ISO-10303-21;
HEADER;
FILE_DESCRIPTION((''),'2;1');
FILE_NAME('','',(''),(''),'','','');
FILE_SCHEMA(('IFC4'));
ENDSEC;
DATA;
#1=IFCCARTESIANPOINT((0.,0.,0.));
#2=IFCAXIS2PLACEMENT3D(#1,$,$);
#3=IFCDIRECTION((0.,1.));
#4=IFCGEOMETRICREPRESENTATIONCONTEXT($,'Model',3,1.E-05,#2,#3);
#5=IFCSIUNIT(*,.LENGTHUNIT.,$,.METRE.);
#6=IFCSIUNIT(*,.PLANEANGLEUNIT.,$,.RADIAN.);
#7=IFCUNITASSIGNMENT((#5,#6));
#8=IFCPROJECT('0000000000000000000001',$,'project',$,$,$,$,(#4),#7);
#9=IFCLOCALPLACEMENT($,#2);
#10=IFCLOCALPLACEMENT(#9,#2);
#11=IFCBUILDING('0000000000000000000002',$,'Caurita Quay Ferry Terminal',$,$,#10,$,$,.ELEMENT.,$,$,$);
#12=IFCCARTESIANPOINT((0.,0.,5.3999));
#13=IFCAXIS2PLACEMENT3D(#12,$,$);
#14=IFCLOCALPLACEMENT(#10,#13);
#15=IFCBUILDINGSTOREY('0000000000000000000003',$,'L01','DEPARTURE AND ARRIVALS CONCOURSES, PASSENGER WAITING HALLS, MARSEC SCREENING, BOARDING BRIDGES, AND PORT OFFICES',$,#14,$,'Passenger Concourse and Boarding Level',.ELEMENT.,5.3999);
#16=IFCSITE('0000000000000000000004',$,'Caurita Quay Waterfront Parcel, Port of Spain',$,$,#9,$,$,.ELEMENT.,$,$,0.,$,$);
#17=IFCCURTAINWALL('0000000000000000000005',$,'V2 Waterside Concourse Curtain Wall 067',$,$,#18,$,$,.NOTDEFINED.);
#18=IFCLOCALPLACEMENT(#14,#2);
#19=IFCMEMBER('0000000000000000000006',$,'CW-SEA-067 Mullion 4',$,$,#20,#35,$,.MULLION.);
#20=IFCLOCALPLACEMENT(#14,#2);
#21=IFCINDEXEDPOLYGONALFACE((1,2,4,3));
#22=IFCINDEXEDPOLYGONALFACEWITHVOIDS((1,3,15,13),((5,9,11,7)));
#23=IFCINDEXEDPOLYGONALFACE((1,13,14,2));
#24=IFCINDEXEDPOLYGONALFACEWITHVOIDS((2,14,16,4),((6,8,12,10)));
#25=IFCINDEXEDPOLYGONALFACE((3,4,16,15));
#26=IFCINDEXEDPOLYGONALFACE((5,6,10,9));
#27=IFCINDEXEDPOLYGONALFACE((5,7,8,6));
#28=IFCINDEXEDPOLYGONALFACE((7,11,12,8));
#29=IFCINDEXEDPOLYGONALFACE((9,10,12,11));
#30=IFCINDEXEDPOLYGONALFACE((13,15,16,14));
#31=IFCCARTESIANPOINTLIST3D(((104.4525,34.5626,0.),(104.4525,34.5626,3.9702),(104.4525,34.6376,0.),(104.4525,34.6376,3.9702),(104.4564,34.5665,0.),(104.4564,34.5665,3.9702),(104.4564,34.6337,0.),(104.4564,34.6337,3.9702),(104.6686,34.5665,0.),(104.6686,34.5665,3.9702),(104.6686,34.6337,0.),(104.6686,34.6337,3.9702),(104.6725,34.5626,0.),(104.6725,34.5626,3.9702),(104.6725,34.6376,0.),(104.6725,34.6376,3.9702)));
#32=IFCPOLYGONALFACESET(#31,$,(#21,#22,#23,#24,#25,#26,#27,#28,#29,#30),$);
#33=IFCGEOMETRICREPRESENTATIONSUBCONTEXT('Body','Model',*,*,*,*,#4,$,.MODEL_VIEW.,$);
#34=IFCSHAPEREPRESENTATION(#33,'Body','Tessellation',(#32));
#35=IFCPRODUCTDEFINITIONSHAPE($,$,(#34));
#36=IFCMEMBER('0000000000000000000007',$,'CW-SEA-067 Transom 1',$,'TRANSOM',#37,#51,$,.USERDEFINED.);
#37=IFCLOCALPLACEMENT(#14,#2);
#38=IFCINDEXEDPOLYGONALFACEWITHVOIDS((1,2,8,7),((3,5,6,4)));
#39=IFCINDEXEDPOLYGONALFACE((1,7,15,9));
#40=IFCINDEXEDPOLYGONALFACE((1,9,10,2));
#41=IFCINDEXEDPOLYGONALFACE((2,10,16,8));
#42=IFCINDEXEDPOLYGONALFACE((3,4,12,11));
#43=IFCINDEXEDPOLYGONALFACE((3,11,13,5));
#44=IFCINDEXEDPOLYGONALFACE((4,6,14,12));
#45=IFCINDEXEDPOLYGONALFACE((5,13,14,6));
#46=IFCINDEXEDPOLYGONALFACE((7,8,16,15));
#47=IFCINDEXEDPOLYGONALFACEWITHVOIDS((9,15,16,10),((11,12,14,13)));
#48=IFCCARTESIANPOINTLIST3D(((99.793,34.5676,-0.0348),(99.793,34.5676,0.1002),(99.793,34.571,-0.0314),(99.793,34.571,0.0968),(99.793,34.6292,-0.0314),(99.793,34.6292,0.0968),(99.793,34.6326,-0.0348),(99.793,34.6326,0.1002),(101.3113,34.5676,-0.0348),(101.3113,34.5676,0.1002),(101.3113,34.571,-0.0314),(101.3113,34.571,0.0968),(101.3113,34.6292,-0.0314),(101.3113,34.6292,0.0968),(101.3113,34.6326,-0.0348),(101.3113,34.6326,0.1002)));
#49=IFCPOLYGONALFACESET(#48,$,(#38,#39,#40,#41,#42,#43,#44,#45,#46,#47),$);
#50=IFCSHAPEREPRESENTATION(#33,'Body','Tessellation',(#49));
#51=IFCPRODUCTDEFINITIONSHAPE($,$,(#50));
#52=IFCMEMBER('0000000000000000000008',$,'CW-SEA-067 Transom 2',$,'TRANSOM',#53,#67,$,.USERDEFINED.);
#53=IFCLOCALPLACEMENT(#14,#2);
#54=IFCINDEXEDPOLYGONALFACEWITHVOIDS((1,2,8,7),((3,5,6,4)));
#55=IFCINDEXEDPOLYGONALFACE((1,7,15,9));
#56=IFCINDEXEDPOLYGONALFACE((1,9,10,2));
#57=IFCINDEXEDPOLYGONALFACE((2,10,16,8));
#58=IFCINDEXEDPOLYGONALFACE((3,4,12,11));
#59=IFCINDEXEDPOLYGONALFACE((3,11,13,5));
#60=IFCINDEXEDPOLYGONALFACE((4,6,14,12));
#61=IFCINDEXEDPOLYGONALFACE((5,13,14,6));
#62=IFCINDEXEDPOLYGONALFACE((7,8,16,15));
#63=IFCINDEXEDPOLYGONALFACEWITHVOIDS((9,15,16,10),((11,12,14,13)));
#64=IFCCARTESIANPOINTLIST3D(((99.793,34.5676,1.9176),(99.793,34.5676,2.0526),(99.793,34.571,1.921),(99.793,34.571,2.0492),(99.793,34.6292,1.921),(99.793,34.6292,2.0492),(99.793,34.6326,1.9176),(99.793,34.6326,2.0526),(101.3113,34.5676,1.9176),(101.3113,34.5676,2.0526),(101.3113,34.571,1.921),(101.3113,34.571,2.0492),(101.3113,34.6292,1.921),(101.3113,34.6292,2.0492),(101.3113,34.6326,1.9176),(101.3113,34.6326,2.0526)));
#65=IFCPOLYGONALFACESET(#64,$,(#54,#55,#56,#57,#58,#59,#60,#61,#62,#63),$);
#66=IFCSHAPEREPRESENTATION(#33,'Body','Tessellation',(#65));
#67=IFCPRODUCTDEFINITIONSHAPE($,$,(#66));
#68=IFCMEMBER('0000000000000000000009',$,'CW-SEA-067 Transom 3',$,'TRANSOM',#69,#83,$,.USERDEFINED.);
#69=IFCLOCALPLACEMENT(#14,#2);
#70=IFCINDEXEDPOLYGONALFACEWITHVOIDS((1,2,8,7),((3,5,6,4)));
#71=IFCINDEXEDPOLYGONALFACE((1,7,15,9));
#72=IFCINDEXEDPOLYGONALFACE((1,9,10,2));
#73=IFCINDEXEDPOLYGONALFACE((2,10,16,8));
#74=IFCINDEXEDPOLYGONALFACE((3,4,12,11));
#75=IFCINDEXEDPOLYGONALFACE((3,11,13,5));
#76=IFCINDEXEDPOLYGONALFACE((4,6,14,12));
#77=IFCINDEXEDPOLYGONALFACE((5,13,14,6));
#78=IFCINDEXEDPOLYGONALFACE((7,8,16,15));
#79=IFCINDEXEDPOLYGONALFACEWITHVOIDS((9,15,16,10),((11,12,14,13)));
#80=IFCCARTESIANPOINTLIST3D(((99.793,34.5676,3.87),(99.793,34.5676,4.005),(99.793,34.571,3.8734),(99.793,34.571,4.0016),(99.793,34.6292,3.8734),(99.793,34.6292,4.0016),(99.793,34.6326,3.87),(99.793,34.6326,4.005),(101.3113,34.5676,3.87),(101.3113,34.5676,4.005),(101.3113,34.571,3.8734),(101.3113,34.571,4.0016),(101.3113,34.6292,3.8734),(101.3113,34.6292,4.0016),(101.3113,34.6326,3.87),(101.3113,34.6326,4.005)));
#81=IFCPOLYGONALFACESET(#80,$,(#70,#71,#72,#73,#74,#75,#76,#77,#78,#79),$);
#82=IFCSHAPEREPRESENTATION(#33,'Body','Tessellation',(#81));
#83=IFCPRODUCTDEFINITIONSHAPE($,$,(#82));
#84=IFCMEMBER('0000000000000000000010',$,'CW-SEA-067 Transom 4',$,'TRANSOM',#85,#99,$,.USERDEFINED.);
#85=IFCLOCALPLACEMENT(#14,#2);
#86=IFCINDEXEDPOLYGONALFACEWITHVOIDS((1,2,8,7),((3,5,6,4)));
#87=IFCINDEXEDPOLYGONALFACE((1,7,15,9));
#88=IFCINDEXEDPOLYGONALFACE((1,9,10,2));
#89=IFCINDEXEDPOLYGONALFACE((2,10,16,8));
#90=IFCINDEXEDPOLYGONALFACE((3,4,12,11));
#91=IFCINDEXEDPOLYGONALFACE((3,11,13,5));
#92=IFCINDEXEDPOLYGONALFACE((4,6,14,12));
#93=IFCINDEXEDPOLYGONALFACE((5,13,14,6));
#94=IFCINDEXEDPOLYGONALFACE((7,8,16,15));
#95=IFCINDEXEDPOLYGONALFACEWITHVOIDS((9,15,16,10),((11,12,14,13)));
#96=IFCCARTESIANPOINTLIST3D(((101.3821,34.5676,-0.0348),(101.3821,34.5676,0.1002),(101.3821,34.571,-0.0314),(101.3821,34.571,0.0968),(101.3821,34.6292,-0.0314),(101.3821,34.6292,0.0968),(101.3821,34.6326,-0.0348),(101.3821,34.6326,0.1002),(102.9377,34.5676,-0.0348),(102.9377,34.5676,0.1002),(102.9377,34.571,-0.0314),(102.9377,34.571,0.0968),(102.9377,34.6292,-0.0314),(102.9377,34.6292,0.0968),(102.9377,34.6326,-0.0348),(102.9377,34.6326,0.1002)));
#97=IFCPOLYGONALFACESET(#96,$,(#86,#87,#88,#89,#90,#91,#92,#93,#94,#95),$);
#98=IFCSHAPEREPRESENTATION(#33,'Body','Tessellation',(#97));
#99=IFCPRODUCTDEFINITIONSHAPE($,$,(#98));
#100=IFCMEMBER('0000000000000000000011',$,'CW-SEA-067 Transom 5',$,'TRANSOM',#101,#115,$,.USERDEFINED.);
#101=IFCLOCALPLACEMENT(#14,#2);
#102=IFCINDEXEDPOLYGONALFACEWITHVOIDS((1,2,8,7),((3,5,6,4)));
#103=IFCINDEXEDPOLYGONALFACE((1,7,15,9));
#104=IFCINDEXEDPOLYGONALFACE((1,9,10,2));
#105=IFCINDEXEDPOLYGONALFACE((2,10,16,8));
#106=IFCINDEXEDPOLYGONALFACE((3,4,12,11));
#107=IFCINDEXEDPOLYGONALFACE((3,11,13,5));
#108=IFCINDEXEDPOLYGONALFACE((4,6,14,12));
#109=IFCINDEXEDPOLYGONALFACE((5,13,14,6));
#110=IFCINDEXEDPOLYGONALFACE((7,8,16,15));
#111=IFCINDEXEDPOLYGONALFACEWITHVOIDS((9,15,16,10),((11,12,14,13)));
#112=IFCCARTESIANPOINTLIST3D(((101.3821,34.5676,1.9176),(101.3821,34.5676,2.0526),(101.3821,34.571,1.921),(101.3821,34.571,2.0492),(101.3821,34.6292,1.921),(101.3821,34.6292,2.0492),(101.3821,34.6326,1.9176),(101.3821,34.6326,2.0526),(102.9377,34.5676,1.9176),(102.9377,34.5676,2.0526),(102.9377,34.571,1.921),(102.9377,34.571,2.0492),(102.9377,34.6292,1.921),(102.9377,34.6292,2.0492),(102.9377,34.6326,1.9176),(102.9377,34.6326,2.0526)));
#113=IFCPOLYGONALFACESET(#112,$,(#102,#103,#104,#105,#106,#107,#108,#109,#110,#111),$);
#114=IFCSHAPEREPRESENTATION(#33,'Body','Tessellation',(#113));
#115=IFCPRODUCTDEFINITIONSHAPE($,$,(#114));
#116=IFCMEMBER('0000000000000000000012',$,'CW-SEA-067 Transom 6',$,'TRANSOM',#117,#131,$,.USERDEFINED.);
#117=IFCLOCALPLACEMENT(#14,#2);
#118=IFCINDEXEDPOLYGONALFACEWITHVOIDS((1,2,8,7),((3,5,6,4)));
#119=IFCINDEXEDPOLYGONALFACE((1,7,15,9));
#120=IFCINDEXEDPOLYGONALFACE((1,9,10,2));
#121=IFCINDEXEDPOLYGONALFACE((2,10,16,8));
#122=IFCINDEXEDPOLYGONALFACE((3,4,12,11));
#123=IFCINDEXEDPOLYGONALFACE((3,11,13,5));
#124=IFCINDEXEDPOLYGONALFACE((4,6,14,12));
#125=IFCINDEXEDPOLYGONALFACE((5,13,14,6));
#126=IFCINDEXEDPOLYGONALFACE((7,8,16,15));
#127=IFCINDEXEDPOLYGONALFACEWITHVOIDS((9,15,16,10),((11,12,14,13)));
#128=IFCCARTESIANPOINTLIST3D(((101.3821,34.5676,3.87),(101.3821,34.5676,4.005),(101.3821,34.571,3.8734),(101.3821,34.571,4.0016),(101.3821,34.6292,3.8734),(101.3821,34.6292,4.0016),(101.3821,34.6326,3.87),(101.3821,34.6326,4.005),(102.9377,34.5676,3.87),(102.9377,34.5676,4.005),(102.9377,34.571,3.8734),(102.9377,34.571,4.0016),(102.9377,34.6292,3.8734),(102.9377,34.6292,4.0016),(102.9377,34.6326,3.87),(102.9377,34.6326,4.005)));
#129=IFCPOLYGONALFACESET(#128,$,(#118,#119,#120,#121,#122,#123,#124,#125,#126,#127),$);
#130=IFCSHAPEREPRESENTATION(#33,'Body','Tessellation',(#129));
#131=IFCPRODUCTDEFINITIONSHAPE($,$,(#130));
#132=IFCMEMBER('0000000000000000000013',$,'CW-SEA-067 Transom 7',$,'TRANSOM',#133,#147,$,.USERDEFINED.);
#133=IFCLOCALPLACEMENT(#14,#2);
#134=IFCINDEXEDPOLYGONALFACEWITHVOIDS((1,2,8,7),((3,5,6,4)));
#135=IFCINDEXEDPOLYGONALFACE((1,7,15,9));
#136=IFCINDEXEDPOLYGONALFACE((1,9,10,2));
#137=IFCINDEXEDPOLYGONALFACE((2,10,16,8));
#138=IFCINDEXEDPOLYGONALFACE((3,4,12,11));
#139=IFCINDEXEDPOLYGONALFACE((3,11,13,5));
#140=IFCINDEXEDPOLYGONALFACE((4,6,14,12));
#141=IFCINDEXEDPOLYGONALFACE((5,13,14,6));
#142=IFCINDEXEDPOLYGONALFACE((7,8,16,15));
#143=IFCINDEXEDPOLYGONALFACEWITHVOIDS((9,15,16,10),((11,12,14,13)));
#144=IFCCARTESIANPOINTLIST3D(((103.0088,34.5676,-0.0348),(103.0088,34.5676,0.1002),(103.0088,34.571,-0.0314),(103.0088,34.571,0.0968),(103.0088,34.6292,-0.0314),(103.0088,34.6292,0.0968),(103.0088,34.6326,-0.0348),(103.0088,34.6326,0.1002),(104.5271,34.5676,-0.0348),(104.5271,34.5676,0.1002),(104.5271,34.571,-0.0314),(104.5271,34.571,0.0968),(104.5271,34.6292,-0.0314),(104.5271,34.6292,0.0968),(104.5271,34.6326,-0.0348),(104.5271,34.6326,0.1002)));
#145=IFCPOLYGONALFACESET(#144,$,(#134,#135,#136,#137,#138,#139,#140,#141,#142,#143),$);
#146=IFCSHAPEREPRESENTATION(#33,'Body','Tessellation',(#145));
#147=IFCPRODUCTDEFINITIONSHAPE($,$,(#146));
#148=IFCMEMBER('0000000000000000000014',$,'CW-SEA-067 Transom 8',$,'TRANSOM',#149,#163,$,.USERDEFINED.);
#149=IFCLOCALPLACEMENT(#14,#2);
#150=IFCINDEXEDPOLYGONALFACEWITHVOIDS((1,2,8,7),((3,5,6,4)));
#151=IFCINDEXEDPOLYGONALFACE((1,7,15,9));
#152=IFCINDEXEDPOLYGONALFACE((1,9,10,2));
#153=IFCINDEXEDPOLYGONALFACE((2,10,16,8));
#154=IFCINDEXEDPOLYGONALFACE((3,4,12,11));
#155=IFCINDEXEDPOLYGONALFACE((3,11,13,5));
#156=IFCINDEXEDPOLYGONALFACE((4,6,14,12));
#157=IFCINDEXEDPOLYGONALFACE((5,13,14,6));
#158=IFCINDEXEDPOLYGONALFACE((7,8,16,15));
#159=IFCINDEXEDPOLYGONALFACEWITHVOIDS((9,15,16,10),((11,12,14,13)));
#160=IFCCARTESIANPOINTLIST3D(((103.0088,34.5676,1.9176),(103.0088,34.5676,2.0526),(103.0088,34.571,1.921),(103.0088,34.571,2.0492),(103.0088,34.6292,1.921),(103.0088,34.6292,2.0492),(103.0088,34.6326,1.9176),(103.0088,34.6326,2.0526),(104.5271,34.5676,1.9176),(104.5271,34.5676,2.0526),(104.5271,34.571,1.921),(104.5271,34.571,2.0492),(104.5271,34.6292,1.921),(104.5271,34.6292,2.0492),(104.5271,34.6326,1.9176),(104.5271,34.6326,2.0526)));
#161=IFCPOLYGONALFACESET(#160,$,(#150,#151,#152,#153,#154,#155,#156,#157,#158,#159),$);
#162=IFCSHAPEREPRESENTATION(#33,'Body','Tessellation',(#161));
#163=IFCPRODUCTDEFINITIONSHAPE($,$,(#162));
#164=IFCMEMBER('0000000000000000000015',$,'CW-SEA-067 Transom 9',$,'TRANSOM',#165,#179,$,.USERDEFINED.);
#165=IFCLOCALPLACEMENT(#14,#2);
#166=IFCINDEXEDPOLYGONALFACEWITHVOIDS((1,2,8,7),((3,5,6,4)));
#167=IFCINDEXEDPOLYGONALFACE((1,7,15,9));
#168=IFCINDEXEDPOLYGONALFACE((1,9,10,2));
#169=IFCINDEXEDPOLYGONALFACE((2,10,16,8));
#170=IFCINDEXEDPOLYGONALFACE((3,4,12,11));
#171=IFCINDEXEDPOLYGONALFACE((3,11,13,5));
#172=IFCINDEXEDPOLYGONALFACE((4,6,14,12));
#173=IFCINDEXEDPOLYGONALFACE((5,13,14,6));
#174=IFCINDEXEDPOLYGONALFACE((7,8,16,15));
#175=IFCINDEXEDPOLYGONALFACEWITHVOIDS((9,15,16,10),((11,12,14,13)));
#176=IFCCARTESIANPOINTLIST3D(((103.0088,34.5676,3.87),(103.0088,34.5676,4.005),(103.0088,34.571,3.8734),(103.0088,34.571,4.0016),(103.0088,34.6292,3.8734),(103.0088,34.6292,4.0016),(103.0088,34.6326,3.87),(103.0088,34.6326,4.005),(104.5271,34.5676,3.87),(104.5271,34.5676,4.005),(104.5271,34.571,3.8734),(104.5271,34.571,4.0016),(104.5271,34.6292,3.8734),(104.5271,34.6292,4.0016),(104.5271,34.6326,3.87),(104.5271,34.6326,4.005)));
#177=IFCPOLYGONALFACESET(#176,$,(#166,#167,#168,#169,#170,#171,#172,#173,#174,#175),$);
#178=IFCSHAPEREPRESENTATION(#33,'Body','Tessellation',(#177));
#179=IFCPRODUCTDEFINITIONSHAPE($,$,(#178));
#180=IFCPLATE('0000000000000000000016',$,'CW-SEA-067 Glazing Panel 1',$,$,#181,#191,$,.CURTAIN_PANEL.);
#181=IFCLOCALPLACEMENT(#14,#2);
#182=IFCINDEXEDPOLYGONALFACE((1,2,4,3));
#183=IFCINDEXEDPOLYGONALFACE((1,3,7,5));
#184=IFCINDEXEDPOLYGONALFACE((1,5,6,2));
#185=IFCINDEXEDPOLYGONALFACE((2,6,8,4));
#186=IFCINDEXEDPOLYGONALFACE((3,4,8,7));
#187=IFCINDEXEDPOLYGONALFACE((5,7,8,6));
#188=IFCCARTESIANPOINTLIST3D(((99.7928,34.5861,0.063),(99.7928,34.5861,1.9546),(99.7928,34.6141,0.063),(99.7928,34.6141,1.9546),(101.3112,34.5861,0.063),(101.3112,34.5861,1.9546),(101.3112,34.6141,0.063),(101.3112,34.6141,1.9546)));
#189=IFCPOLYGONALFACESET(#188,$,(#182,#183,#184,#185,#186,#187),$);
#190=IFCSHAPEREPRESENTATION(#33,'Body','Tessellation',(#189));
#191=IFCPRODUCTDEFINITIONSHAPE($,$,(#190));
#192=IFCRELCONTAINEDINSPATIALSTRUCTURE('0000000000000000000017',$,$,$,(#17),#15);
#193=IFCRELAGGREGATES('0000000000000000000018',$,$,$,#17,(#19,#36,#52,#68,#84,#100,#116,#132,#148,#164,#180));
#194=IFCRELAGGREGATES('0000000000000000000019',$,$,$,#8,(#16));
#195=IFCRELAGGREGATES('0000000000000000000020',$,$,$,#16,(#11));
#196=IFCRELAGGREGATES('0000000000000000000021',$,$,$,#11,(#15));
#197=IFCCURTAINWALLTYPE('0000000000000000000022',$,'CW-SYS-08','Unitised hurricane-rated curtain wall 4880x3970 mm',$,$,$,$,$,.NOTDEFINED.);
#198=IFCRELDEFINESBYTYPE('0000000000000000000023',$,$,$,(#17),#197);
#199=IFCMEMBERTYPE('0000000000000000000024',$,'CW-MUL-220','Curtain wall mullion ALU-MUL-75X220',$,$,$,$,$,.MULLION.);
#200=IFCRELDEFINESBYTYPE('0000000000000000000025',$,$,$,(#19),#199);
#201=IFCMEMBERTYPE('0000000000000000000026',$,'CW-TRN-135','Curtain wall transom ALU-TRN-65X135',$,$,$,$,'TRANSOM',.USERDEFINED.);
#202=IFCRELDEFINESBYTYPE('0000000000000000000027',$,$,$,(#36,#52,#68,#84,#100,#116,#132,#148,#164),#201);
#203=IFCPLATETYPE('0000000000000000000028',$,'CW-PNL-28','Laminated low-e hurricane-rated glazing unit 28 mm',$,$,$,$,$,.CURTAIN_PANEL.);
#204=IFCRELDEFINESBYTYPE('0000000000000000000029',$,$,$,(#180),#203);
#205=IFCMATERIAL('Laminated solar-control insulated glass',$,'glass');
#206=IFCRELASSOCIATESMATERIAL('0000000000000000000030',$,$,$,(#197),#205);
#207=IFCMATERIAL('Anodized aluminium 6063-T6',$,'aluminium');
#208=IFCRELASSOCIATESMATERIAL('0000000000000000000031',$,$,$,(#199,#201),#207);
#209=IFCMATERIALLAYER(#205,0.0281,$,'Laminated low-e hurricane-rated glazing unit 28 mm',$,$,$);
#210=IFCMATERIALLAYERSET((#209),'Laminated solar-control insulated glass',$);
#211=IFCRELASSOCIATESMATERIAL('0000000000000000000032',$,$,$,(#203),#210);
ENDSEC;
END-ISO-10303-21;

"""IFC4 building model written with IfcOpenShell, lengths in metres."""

from ifc_helpers import new_model, si_unit, direction, frame, origin, origin_2d, place, context, subcontext, project, spatial, rectangle, hollow_rectangle, extrude, material, layer, layer_set, material_profile, profile_set, type_object, element, aggregate, save


model = new_model("IFC4")

# Units and contexts
model_context = context("Model", 3, precision=1e-05, world=origin(), true_north=direction((0.0, 1.0)))
body_context = subcontext(model_context, "Body", "Model", "MODEL_VIEW")
ifc_project = project(units=[si_unit("LENGTHUNIT", "METRE"), si_unit("PLANEANGLEUNIT", "RADIAN")], contexts=[model_context])

# Site, building, storey
site_placement = place(None, origin())
site = spatial("IfcSite", under=ifc_project, at=site_placement, Name="Caurita Quay Waterfront Parcel, Port of Spain", CompositionType="ELEMENT", RefElevation=0.0)
building_placement = place(site_placement, origin())
building = spatial("IfcBuilding", under=site, at=building_placement, Name="Caurita Quay Ferry Terminal", CompositionType="ELEMENT")
storey_placement = place(building_placement, frame((0.0, 0.0, 5.3999)))
storey = spatial("IfcBuildingStorey", under=building, at=storey_placement, Name="L01", Description="DEPARTURE AND ARRIVALS CONCOURSES, PASSENGER WAITING HALLS, MARSEC SCREENING, BOARDING BRIDGES, AND PORT OFFICES", LongName="Passenger Concourse and Boarding Level", CompositionType="ELEMENT", Elevation=5.3999)

# Curtain wall, members, plate
ifc_material_1 = material(Name="Laminated solar-control insulated glass", Category="glass")
curtain_wall_type = type_object("IfcCurtainWallType", Name="CW-SYS-08", Description="Unitised hurricane-rated curtain wall 4880x3970 mm", PredefinedType="NOTDEFINED", material=ifc_material_1)
curtain_wall_placement = place(storey_placement, origin())
curtain_wall = element("IfcCurtainWall", 1, at=curtain_wall_placement, inside=storey, type_object=curtain_wall_type, Name="V2 Waterside Concourse Curtain Wall 067", PredefinedType="NOTDEFINED")
ifc_material_2 = material(Name="Anodized aluminium 6063-T6", Category="aluminium")
ifc_material_profile_1 = material_profile(ifc_material_2, hollow_rectangle(XDim=0.075, YDim=0.22, WallThickness=0.0039, at=origin_2d()), Name="ALU-MUL-75X220")
ifc_profile_set_1 = profile_set([ifc_material_profile_1], Name="Anodized aluminium 6063-T6")
member_type_1 = type_object("IfcMemberType", Name="CW-MUL-220", Description="Curtain wall mullion ALU-MUL-75X220", PredefinedType="MULLION", material=ifc_profile_set_1)
member_1_placement = place(storey_placement, frame((104.5625, 34.6001, 0.0), z_axis=(0.0, 0.0, 1.0), x_axis=(0.0, 1.0, 0.0)))
member_1 = element("IfcMember", 2, at=member_1_placement, type_object=member_type_1, Name="CW-SEA-067 Mullion 4", PredefinedType="MULLION", context=body_context, shape_type="SweptSolid", body=[
    extrude(hollow_rectangle(XDim=0.075, YDim=0.22, WallThickness=0.0039, at=origin_2d()), origin(), (0.0, 0.0, 1.0), 3.9702),
])
ifc_material_profile_2 = material_profile(ifc_material_2, hollow_rectangle(XDim=0.0649, YDim=0.135, WallThickness=0.0034, at=origin_2d()), Name="ALU-TRN-65X135")
ifc_profile_set_2 = profile_set([ifc_material_profile_2], Name="Anodized aluminium 6063-T6")
member_type_2 = type_object("IfcMemberType", Name="CW-TRN-135", Description="Curtain wall transom ALU-TRN-65X135", ElementType="TRANSOM", PredefinedType="USERDEFINED", material=ifc_profile_set_2)
member_2_placement = place(storey_placement, frame((99.793, 34.6001, 0.0327), z_axis=(1.0, 0.0, 0.0), x_axis=(0.0, 1.0, 0.0)))
member_2 = element("IfcMember", 3, at=member_2_placement, type_object=member_type_2, Name="CW-SEA-067 Transom 1", ObjectType="TRANSOM", PredefinedType="USERDEFINED", context=body_context, shape_type="SweptSolid", body=[
    extrude(hollow_rectangle(XDim=0.0649, YDim=0.135, WallThickness=0.0034, at=origin_2d()), origin(), (0.0, 0.0, 1.0), 1.5183),
])
member_3_placement = place(storey_placement, frame((99.793, 34.6001, 1.9851), z_axis=(1.0, 0.0, 0.0), x_axis=(0.0, 1.0, 0.0)))
member_3 = element("IfcMember", 4, at=member_3_placement, type_object=member_type_2, Name="CW-SEA-067 Transom 2", ObjectType="TRANSOM", PredefinedType="USERDEFINED", context=body_context, shape_type="SweptSolid", body=[
    extrude(hollow_rectangle(XDim=0.0649, YDim=0.135, WallThickness=0.0034, at=origin_2d()), origin(), (0.0, 0.0, 1.0), 1.5183),
])
member_4_placement = place(storey_placement, frame((99.793, 34.6001, 3.9375), z_axis=(1.0, 0.0, 0.0), x_axis=(0.0, 1.0, 0.0)))
member_4 = element("IfcMember", 5, at=member_4_placement, type_object=member_type_2, Name="CW-SEA-067 Transom 3", ObjectType="TRANSOM", PredefinedType="USERDEFINED", context=body_context, shape_type="SweptSolid", body=[
    extrude(hollow_rectangle(XDim=0.0649, YDim=0.135, WallThickness=0.0034, at=origin_2d()), origin(), (0.0, 0.0, 1.0), 1.5183),
])
member_5_placement = place(storey_placement, frame((101.3821, 34.6001, 0.0327), z_axis=(1.0, 0.0, 0.0), x_axis=(0.0, 1.0, 0.0)))
member_5 = element("IfcMember", 6, at=member_5_placement, type_object=member_type_2, Name="CW-SEA-067 Transom 4", ObjectType="TRANSOM", PredefinedType="USERDEFINED", context=body_context, shape_type="SweptSolid", body=[
    extrude(hollow_rectangle(XDim=0.0649, YDim=0.135, WallThickness=0.0034, at=origin_2d()), origin(), (0.0, 0.0, 1.0), 1.5557),
])
member_6_placement = place(storey_placement, frame((101.3821, 34.6001, 1.9851), z_axis=(1.0, 0.0, 0.0), x_axis=(0.0, 1.0, 0.0)))
member_6 = element("IfcMember", 7, at=member_6_placement, type_object=member_type_2, Name="CW-SEA-067 Transom 5", ObjectType="TRANSOM", PredefinedType="USERDEFINED", context=body_context, shape_type="SweptSolid", body=[
    extrude(hollow_rectangle(XDim=0.0649, YDim=0.135, WallThickness=0.0034, at=origin_2d()), origin(), (0.0, 0.0, 1.0), 1.5557),
])
member_7_placement = place(storey_placement, frame((101.3821, 34.6001, 3.9375), z_axis=(1.0, 0.0, 0.0), x_axis=(0.0, 1.0, 0.0)))
member_7 = element("IfcMember", 8, at=member_7_placement, type_object=member_type_2, Name="CW-SEA-067 Transom 6", ObjectType="TRANSOM", PredefinedType="USERDEFINED", context=body_context, shape_type="SweptSolid", body=[
    extrude(hollow_rectangle(XDim=0.0649, YDim=0.135, WallThickness=0.0034, at=origin_2d()), origin(), (0.0, 0.0, 1.0), 1.5557),
])
member_8_placement = place(storey_placement, frame((103.0088, 34.6001, 0.0327), z_axis=(1.0, 0.0, 0.0), x_axis=(0.0, 1.0, 0.0)))
member_8 = element("IfcMember", 9, at=member_8_placement, type_object=member_type_2, Name="CW-SEA-067 Transom 7", ObjectType="TRANSOM", PredefinedType="USERDEFINED", context=body_context, shape_type="SweptSolid", body=[
    extrude(hollow_rectangle(XDim=0.0649, YDim=0.135, WallThickness=0.0034, at=origin_2d()), origin(), (0.0, 0.0, 1.0), 1.5183),
])
member_9_placement = place(storey_placement, frame((103.0088, 34.6001, 1.9851), z_axis=(1.0, 0.0, 0.0), x_axis=(0.0, 1.0, 0.0)))
member_9 = element("IfcMember", 10, at=member_9_placement, type_object=member_type_2, Name="CW-SEA-067 Transom 8", ObjectType="TRANSOM", PredefinedType="USERDEFINED", context=body_context, shape_type="SweptSolid", body=[
    extrude(hollow_rectangle(XDim=0.0649, YDim=0.135, WallThickness=0.0034, at=origin_2d()), origin(), (0.0, 0.0, 1.0), 1.5183),
])
member_10_placement = place(storey_placement, frame((103.0088, 34.6001, 3.9375), z_axis=(1.0, 0.0, 0.0), x_axis=(0.0, 1.0, 0.0)))
member_10 = element("IfcMember", 11, at=member_10_placement, type_object=member_type_2, Name="CW-SEA-067 Transom 9", ObjectType="TRANSOM", PredefinedType="USERDEFINED", context=body_context, shape_type="SweptSolid", body=[
    extrude(hollow_rectangle(XDim=0.0649, YDim=0.135, WallThickness=0.0034, at=origin_2d()), origin(), (0.0, 0.0, 1.0), 1.5183),
])
ifc_layer_1 = layer(ifc_material_1, 0.0281, Name="Laminated low-e hurricane-rated glazing unit 28 mm")
ifc_layer_set_1 = layer_set([ifc_layer_1], Name="Laminated solar-control insulated glass")
plate_type = type_object("IfcPlateType", Name="CW-PNL-28", Description="Laminated low-e hurricane-rated glazing unit 28 mm", PredefinedType="CURTAIN_PANEL", material=ifc_layer_set_1)
plate_1_placement = place(storey_placement, frame((100.552, 34.6001, 0.063), z_axis=(0.0, 0.0, 1.0), x_axis=(1.0, 0.0, 0.0)))
plate_1 = element("IfcPlate", 12, at=plate_1_placement, type_object=plate_type, Name="CW-SEA-067 Glazing Panel 1", PredefinedType="CURTAIN_PANEL", context=body_context, shape_type="SweptSolid", body=[
    extrude(rectangle(XDim=1.5183, YDim=0.0281, at=origin_2d()), origin(), (0.0, 0.0, 1.0), 1.8916),
])
aggregate(curtain_wall, [member_1, member_2, member_3, member_4, member_5, member_6, member_7, member_8, member_9, member_10, plate_1])

save(model, "model.ifc")
